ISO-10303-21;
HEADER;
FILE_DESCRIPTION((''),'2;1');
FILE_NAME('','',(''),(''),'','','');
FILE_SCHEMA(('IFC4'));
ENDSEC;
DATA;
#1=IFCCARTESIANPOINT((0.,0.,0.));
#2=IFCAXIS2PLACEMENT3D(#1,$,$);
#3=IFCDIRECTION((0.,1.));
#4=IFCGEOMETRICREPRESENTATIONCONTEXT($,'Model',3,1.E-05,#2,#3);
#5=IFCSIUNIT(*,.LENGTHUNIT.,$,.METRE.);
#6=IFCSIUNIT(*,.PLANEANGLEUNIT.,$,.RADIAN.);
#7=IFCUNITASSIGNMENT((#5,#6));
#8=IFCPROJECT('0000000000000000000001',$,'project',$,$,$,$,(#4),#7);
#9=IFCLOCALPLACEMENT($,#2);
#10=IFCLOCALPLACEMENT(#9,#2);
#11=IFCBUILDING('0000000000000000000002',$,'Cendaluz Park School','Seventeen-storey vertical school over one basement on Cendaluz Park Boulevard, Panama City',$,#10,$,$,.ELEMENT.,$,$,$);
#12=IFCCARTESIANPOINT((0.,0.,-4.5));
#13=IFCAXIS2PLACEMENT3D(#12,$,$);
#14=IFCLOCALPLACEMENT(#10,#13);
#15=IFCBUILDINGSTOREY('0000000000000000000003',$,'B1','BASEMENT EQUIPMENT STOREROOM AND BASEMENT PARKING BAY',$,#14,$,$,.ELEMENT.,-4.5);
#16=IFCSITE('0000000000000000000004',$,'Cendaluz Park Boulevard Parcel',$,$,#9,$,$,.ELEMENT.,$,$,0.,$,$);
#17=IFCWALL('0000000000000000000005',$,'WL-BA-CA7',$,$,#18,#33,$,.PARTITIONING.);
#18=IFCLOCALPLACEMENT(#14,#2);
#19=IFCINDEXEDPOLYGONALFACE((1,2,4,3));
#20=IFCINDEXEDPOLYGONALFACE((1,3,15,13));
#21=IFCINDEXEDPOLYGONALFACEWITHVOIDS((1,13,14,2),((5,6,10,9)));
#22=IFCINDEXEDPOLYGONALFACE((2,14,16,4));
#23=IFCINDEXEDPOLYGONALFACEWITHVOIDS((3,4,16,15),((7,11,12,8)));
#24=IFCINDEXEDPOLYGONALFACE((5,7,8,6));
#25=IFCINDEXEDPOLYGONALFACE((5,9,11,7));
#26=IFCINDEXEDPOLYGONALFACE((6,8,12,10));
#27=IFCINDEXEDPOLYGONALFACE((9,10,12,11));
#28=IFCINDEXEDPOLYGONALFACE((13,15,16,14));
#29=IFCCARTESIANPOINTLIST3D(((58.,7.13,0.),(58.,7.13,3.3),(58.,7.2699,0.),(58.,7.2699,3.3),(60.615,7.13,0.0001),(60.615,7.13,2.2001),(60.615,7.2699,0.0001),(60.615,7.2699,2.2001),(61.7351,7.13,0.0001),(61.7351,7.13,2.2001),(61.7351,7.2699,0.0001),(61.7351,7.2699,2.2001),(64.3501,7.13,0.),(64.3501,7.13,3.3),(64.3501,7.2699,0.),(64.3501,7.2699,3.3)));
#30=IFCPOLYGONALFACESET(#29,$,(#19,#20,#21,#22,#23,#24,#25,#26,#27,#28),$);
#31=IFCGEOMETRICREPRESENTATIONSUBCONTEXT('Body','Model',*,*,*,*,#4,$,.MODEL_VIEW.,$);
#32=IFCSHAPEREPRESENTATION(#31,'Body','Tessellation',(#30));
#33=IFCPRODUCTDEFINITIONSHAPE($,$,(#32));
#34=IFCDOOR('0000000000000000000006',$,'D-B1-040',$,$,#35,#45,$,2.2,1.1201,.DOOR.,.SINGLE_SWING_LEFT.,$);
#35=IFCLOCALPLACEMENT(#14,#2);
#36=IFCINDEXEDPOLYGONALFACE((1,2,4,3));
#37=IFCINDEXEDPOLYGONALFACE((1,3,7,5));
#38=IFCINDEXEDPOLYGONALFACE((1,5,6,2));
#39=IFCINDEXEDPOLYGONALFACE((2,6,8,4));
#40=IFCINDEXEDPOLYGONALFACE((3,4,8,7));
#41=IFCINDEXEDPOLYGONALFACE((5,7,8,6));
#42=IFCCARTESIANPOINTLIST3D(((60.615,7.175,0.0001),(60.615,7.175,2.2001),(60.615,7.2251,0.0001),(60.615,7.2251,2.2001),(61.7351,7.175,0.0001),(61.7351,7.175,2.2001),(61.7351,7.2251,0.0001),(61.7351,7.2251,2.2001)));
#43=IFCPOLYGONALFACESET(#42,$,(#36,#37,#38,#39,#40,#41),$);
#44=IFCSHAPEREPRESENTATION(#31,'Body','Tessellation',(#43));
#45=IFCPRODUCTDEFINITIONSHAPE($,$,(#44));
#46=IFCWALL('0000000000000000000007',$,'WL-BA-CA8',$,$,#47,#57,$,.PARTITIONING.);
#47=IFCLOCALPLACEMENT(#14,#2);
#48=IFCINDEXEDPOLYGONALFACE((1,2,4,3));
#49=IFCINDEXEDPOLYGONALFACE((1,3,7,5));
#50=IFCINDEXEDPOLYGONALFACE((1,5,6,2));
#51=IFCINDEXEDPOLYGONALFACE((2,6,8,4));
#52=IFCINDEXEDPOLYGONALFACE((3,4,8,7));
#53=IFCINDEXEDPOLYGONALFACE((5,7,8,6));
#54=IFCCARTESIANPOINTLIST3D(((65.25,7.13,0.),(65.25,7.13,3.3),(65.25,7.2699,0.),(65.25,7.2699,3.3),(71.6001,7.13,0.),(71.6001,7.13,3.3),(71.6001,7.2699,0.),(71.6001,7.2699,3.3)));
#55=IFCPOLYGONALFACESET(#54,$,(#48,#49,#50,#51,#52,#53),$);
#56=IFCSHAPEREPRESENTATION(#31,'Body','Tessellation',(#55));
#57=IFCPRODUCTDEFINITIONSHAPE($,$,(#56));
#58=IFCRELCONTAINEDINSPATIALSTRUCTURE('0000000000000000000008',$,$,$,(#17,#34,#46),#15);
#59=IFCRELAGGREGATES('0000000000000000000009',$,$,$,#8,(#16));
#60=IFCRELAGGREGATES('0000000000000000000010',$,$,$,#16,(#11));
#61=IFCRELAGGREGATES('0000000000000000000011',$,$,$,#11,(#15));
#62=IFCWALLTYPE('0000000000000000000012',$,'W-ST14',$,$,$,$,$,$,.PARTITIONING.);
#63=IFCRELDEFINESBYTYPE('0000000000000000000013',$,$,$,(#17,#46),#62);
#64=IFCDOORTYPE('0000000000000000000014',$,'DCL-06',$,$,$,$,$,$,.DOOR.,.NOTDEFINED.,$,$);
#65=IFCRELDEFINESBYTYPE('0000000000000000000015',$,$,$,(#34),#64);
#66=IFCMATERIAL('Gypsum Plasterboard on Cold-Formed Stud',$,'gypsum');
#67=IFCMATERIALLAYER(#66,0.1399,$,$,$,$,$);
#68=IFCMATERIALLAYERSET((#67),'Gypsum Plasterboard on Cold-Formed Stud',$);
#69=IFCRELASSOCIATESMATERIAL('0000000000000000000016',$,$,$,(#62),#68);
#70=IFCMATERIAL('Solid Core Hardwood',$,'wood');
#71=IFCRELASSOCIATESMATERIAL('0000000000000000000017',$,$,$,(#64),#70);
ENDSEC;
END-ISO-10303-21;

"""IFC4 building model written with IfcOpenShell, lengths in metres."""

from ifc_helpers import new_model, si_unit, direction, frame, frame_2d, origin, place, context, subcontext, project, spatial, rectangle, extrude, material, layer, layer_set, type_object, element, fill, save


model = new_model("IFC4")

# Units and contexts
model_context = context("Model", 3, precision=1e-05, world=origin(), true_north=direction((0.0, 1.0)))
body_context = subcontext(model_context, "Body", "Model", "MODEL_VIEW")
ifc_project = project(units=[si_unit("LENGTHUNIT", "METRE"), si_unit("PLANEANGLEUNIT", "RADIAN")], contexts=[model_context])

# Site, building, storey
site_placement = place(None, origin())
site = spatial("IfcSite", under=ifc_project, at=site_placement, Name="Cendaluz Park Boulevard Parcel", CompositionType="ELEMENT", RefElevation=0.0)
building_placement = place(site_placement, origin())
building = spatial("IfcBuilding", under=site, at=building_placement, Name="Cendaluz Park School", Description="Seventeen-storey vertical school over one basement on Cendaluz Park Boulevard, Panama City", CompositionType="ELEMENT")
storey_placement = place(building_placement, frame((0.0, 0.0, -4.5)))
storey = spatial("IfcBuildingStorey", under=building, at=storey_placement, Name="B1", Description="BASEMENT EQUIPMENT STOREROOM AND BASEMENT PARKING BAY", CompositionType="ELEMENT", Elevation=-4.5)

# Shared definitions
ifc_material_1 = material(Name="Gypsum Plasterboard on Cold-Formed Stud", Category="gypsum")

# Wall, opening, door
ifc_material_2 = material(Name="Solid Core Hardwood", Category="wood")
ifc_layer_1 = layer(ifc_material_1, 0.1399)
ifc_layer_set_1 = layer_set([ifc_layer_1], Name="Gypsum Plasterboard on Cold-Formed Stud")
wall_type_1 = type_object("IfcWallType", Name="W-ST14", PredefinedType="PARTITIONING", material=ifc_layer_set_1)
wall_1_placement = place(storey_placement, frame((58.0, 7.2, 0.0), z_axis=(0.0, 0.0, 1.0), x_axis=(1.0, 0.0, 0.0)))
wall_1 = element("IfcWall", 1, at=wall_1_placement, inside=storey, type_object=wall_type_1, Name="WL-BA-CA7", PredefinedType="PARTITIONING", context=body_context, shape_type="SweptSolid", body=[
    extrude(rectangle(XDim=6.3501, YDim=0.1399, at=frame_2d((3.175, 0.0))), origin(), (0.0, 0.0, 1.0), 3.3),
])
opening_1_placement = place(wall_1_placement, frame((2.615, 0.0, 0.0)))
opening_1 = element("IfcOpeningElement", 2, at=opening_1_placement, cuts=wall_1, PredefinedType="OPENING", context=body_context, shape_type="SweptSolid", body=[
    extrude(rectangle(XDim=1.1201, YDim=2.2, at=frame_2d((0.5601, 1.1001))), frame((0.0, 0.082, 0.0), z_axis=(0.0, -1.0, 0.0), x_axis=(1.0, 0.0, 0.0)), (0.0, 0.0, 1.0), 0.1638),
])
door_type_1 = type_object("IfcDoorType", Name="DCL-06", OperationType="NOTDEFINED", PredefinedType="DOOR", material=ifc_material_2)
door_1_placement = place(opening_1_placement, frame((1.1201, 0.0, 0.0), z_axis=(0.0, 0.0, 1.0), x_axis=(-1.0, 0.0, 0.0)))
door_1 = element("IfcDoor", 3, at=door_1_placement, inside=storey, type_object=door_type_1, Name="D-B1-040", OperationType="SINGLE_SWING_LEFT", OverallHeight=2.2, OverallWidth=1.1201, PredefinedType="DOOR", context=body_context, shape_type="SweptSolid", body=[
    extrude(rectangle(XDim=1.1201, YDim=2.2, at=frame_2d((0.5601, 1.1001))), frame((0.0, 0.0249, 0.0), z_axis=(0.0, -1.0, 0.0), x_axis=(1.0, 0.0, 0.0)), (0.0, 0.0, 1.0), 0.05),
])
fill(opening_1, door_1)

# Wall
wall_2_placement = place(storey_placement, frame((65.25, 7.2, 0.0), z_axis=(0.0, 0.0, 1.0), x_axis=(1.0, 0.0, 0.0)))
element("IfcWall", 4, at=wall_2_placement, inside=storey, type_object=wall_type_1, Name="WL-BA-CA8", PredefinedType="PARTITIONING", context=body_context, shape_type="SweptSolid", body=[
    extrude(rectangle(XDim=6.3501, YDim=0.1399, at=frame_2d((3.175, 0.0))), origin(), (0.0, 0.0, 1.0), 3.3),
])

save(model, "model.ifc")
